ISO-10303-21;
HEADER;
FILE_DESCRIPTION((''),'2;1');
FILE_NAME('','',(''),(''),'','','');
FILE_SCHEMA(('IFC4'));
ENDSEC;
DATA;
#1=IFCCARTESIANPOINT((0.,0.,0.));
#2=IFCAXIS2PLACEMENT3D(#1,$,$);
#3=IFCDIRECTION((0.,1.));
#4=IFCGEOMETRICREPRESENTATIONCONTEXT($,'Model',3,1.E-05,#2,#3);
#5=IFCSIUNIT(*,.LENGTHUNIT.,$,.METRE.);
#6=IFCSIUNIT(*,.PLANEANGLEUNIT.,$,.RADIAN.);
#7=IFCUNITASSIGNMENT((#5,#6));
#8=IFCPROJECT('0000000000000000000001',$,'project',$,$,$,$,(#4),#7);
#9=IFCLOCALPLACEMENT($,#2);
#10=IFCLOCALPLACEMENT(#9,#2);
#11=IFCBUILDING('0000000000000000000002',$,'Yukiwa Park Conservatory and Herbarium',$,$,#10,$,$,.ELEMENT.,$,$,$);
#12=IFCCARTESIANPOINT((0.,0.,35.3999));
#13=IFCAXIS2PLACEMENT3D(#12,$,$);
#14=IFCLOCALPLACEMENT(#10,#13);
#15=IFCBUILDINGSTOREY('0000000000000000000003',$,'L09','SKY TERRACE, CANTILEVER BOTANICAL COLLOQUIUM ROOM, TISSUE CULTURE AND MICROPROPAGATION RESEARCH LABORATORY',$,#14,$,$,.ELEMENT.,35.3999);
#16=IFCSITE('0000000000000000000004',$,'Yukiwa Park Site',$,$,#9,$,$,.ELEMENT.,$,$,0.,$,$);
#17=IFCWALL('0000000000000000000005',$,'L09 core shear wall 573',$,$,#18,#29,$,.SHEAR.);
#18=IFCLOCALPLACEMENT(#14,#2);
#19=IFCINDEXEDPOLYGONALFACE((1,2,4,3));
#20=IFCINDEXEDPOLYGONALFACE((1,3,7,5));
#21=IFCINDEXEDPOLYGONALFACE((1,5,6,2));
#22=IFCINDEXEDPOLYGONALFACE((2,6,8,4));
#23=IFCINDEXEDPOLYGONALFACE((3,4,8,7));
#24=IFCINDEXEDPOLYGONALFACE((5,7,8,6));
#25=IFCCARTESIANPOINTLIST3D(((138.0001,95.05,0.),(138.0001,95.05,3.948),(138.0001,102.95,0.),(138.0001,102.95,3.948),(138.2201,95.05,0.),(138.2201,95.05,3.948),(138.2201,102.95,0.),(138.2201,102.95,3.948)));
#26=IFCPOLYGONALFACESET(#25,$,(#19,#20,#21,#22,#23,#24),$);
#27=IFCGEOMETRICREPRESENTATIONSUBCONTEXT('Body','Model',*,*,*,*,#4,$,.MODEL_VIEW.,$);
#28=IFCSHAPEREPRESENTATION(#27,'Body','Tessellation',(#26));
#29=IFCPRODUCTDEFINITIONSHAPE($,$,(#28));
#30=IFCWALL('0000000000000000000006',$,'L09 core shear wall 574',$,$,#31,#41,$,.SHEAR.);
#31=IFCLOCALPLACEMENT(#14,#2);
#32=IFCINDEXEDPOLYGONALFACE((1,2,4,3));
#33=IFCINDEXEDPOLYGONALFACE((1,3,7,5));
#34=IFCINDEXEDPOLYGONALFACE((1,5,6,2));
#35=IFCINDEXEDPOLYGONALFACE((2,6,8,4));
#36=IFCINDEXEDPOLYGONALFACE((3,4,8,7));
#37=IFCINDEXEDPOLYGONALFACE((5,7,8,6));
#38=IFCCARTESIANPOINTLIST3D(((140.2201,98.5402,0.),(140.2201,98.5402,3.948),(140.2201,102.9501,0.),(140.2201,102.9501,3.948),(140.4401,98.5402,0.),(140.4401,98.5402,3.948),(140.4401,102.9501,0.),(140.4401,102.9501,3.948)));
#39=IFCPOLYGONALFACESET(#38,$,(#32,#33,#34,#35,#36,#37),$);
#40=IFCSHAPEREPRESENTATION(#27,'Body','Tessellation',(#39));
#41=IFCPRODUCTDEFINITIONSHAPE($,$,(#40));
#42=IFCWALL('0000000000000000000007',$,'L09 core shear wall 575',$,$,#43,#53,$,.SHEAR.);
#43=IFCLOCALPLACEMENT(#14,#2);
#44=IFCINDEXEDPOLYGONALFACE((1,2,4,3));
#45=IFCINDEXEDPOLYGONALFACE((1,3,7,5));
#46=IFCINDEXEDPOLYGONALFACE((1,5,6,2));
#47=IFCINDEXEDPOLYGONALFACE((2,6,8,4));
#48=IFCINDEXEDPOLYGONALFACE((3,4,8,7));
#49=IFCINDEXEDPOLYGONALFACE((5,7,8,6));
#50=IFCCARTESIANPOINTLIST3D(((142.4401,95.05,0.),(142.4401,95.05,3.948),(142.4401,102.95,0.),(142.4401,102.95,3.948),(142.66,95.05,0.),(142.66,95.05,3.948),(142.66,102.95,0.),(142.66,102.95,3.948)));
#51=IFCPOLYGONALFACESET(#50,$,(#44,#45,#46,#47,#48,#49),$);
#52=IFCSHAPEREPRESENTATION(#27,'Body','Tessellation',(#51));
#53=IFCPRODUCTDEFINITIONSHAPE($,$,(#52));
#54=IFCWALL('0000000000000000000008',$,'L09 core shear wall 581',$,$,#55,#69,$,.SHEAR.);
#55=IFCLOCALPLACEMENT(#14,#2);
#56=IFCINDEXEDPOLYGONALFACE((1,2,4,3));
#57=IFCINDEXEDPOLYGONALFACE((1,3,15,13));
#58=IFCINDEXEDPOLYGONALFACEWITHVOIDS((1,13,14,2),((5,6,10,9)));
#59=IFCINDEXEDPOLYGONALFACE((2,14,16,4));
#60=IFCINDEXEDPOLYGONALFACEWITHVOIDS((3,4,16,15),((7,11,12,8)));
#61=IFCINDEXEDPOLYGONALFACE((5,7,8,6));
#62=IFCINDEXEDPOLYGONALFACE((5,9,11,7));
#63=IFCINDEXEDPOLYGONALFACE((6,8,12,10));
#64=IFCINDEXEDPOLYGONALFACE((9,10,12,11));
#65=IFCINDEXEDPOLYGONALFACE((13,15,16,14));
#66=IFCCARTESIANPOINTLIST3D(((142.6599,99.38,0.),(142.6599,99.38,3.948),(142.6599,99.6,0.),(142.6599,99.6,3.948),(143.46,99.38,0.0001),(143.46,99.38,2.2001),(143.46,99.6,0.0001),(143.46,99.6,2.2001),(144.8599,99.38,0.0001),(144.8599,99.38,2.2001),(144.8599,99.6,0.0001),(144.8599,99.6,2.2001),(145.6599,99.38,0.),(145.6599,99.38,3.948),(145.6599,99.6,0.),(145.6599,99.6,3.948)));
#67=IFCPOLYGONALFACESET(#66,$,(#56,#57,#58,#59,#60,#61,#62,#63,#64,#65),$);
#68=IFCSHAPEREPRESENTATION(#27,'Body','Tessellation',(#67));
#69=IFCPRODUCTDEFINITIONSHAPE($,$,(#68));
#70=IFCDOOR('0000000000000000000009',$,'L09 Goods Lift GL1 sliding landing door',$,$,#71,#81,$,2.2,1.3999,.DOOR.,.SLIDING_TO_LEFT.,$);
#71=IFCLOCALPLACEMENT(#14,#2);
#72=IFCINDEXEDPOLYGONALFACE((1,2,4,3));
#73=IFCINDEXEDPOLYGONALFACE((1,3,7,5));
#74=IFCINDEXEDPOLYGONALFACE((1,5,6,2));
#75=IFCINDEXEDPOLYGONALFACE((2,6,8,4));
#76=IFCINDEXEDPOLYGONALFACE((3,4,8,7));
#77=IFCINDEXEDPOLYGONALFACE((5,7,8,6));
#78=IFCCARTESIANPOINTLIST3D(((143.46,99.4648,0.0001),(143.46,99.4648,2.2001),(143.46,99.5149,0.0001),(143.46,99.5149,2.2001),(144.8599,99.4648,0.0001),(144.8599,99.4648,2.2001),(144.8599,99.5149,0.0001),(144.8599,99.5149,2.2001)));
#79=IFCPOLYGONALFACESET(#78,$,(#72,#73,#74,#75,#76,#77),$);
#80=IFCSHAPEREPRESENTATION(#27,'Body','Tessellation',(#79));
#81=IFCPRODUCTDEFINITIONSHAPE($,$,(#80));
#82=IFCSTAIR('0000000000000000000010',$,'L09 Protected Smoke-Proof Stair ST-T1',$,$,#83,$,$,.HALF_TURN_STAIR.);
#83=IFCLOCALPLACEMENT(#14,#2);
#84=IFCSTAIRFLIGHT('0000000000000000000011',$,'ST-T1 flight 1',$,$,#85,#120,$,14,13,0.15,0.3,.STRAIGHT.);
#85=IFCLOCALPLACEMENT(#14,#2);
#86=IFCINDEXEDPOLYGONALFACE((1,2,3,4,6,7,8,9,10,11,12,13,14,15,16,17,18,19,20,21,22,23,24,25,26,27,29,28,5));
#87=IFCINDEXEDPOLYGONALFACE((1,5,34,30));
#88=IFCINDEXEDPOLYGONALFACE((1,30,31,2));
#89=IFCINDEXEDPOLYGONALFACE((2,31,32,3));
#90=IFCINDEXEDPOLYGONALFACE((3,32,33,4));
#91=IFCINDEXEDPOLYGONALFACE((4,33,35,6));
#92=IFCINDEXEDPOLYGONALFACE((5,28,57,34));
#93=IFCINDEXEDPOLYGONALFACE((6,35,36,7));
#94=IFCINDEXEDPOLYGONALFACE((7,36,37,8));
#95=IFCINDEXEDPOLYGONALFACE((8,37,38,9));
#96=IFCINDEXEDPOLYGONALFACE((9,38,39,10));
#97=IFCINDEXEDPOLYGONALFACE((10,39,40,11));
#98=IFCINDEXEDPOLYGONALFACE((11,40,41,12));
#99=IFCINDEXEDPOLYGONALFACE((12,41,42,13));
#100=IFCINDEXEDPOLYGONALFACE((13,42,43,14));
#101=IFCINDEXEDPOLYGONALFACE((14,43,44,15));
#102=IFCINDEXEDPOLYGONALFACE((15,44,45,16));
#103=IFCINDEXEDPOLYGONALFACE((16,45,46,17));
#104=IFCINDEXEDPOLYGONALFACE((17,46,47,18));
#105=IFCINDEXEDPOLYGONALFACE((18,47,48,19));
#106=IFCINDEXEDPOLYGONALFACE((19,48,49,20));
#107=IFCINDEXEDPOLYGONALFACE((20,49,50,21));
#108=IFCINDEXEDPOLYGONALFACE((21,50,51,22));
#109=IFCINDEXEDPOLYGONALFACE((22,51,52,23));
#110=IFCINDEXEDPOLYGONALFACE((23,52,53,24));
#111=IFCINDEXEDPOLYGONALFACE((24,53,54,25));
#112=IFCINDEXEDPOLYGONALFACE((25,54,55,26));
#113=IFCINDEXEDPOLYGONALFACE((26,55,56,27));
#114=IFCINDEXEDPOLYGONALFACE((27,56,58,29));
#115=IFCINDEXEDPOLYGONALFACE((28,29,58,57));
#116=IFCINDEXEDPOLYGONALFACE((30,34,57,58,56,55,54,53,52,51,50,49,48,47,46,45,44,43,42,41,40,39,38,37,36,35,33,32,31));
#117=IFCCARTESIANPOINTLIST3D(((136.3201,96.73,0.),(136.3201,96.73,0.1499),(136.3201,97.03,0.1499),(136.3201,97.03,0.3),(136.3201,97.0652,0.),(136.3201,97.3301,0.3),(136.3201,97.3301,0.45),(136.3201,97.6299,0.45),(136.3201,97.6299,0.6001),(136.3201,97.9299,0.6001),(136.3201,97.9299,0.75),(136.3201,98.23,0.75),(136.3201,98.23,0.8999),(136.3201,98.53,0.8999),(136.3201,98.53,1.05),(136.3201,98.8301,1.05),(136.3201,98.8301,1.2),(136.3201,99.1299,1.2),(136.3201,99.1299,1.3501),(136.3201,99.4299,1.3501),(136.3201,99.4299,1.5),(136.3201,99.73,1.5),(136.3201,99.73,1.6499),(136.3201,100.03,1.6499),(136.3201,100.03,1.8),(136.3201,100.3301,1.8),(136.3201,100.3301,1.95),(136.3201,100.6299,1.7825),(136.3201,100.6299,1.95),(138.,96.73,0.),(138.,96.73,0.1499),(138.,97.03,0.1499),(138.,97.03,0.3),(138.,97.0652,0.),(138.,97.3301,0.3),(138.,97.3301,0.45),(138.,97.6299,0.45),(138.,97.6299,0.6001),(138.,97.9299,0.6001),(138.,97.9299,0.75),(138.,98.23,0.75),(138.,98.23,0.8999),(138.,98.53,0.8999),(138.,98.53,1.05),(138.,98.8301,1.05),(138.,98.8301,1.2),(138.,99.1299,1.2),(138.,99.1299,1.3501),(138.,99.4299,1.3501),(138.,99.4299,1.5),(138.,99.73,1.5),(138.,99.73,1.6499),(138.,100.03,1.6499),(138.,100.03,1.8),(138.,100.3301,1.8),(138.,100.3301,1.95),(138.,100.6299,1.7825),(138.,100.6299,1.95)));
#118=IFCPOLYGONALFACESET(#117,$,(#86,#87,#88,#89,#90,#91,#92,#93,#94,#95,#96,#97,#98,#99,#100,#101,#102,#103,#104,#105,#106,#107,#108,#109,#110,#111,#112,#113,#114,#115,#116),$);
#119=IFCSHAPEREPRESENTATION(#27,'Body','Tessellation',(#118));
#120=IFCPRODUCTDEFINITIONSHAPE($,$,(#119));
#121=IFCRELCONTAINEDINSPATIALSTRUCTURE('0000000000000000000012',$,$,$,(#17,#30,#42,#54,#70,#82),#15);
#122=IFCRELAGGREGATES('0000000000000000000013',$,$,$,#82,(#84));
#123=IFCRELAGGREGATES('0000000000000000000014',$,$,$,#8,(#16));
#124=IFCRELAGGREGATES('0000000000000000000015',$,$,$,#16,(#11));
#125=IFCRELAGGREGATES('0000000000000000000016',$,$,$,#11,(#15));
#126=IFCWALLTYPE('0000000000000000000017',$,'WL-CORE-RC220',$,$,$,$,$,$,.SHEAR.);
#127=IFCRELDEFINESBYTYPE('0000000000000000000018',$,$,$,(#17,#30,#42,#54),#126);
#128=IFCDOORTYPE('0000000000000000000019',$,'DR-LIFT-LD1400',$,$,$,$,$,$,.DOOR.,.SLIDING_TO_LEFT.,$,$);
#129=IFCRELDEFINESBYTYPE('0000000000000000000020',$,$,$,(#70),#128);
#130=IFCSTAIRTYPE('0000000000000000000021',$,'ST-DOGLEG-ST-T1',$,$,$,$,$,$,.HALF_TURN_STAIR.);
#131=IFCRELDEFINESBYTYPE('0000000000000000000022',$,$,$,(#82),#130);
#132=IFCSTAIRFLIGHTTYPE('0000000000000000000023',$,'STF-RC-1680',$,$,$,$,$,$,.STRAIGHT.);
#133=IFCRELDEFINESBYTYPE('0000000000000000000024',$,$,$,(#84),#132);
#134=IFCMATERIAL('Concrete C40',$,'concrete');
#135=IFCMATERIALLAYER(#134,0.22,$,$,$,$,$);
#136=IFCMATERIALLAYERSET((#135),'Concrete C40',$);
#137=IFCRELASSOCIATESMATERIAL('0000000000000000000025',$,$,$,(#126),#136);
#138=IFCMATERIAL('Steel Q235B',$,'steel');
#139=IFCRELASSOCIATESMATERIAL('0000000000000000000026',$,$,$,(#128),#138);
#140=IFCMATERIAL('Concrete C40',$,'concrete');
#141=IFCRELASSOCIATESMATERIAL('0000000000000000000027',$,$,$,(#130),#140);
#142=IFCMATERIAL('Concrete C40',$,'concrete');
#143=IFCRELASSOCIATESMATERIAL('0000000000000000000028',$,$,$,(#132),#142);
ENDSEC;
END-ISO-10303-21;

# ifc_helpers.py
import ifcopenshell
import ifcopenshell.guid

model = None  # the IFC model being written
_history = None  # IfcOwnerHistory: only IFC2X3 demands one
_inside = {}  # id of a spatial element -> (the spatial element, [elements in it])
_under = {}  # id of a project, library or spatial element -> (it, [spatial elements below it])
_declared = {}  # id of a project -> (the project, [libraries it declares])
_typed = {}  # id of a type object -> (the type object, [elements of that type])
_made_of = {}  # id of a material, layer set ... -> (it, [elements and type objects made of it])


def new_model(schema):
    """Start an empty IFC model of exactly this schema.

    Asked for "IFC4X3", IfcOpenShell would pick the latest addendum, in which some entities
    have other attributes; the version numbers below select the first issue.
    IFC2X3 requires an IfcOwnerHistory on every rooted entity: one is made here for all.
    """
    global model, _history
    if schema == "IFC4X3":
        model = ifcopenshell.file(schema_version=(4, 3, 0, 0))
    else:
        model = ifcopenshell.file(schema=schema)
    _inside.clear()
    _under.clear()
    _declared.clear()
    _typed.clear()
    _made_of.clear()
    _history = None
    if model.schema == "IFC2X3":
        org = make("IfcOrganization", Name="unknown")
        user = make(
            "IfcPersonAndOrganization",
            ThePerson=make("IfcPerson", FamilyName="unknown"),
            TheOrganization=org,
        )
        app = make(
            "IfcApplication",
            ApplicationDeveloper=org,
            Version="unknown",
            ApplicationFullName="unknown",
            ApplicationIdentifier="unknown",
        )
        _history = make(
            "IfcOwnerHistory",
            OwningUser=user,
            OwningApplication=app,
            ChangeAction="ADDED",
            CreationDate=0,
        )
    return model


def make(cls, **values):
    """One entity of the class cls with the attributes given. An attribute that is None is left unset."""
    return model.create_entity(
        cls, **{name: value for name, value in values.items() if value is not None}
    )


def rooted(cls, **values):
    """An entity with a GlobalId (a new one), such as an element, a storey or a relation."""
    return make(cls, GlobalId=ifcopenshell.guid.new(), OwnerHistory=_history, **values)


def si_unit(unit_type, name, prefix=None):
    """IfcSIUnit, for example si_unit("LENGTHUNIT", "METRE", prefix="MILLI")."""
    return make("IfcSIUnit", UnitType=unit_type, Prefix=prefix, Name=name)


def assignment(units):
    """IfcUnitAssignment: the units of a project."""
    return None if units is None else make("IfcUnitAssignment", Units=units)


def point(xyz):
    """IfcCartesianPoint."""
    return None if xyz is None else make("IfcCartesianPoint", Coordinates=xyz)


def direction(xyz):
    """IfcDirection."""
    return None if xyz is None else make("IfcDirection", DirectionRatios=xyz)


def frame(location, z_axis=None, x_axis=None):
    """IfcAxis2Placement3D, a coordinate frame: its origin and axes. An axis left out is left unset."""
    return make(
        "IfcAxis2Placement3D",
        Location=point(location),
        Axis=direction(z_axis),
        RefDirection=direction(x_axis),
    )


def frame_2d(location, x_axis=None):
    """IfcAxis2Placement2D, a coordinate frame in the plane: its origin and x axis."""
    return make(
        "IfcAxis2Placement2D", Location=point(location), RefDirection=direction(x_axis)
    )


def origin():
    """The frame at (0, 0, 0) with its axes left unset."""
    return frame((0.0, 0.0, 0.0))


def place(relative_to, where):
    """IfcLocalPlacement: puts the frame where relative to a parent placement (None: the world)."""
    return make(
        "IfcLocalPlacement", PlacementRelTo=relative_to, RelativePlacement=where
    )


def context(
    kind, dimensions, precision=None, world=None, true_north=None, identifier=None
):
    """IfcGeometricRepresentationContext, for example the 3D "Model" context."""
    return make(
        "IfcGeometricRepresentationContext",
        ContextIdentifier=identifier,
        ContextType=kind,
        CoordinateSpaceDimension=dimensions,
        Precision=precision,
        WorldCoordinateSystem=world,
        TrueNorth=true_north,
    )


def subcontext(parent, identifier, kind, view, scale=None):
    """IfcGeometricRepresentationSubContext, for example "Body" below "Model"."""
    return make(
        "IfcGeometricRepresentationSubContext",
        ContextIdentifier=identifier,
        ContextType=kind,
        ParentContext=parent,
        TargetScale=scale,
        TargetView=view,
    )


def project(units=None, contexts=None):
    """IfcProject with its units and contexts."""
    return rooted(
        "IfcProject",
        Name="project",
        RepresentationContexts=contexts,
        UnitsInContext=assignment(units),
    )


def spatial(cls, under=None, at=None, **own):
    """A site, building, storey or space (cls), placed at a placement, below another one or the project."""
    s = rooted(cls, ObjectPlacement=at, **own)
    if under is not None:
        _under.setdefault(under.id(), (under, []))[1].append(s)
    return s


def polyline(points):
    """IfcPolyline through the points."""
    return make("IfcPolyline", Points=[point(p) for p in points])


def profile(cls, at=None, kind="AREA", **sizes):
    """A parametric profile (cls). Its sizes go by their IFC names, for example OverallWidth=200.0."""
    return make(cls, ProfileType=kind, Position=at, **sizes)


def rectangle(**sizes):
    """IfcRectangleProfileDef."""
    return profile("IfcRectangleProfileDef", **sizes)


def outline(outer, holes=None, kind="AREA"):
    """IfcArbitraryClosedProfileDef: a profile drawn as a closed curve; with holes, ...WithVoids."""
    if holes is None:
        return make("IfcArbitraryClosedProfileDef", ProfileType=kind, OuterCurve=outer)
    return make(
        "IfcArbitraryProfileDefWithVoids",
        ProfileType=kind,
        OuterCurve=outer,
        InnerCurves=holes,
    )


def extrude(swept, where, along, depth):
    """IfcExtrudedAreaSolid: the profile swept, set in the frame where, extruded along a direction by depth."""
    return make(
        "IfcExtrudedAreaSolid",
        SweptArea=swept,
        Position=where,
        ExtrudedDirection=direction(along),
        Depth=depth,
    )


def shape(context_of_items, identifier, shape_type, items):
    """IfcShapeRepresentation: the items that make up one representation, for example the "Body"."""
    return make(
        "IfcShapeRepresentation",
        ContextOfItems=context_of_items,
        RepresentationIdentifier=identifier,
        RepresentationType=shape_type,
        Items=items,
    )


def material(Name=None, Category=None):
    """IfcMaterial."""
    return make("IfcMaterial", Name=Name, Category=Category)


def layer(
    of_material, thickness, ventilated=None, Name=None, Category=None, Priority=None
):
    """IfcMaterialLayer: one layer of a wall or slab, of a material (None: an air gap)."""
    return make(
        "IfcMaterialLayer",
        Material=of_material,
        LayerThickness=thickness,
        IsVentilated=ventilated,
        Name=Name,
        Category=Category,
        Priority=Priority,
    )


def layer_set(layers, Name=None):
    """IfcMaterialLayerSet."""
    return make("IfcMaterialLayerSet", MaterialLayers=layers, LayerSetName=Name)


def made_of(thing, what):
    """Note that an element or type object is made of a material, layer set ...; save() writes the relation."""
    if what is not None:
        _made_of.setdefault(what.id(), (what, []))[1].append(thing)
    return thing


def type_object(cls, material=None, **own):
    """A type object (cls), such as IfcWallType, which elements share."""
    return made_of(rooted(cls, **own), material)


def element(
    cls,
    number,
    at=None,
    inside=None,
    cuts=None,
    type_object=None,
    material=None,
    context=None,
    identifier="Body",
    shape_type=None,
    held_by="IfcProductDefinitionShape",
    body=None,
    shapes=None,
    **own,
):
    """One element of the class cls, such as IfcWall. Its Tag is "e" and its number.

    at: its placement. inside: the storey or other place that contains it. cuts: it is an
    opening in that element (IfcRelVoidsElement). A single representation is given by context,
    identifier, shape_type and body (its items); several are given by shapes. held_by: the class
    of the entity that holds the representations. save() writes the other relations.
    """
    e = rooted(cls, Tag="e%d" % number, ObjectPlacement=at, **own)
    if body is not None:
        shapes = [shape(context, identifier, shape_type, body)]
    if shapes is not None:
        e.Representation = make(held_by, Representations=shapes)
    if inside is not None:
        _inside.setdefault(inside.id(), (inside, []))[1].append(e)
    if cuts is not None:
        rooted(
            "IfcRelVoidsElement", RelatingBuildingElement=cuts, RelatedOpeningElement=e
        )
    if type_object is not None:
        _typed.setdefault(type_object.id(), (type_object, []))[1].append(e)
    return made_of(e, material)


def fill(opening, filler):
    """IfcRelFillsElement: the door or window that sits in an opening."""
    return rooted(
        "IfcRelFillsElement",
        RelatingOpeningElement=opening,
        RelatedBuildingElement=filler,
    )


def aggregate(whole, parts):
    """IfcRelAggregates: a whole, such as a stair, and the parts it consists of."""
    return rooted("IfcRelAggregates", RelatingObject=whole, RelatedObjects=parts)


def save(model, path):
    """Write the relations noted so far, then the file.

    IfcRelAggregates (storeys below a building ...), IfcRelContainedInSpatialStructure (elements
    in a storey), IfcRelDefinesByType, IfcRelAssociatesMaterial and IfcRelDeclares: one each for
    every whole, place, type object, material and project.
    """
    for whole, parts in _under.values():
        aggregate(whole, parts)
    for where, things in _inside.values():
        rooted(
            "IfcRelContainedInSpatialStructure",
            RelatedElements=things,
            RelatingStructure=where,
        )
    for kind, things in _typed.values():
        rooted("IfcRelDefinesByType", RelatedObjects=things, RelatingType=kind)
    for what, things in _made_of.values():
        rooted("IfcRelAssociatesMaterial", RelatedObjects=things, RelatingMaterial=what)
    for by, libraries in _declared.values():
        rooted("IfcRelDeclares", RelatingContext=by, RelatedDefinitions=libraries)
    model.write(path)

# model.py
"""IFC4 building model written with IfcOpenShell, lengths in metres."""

from ifc_helpers import new_model, si_unit, direction, frame, frame_2d, origin, place, context, subcontext, project, spatial, polyline, rectangle, outline, extrude, material, layer, layer_set, type_object, element, fill, aggregate, save


model = new_model("IFC4")

# Units and contexts
model_context = context("Model", 3, precision=1e-05, world=origin(), true_north=direction((0.0, 1.0)))
body_context = subcontext(model_context, "Body", "Model", "MODEL_VIEW")
ifc_project = project(units=[si_unit("LENGTHUNIT", "METRE"), si_unit("PLANEANGLEUNIT", "RADIAN")], contexts=[model_context])

# Site, building, storey
site_placement = place(None, origin())
site = spatial("IfcSite", under=ifc_project, at=site_placement, Name="Yukiwa Park Site", CompositionType="ELEMENT", RefElevation=0.0)
building_placement = place(site_placement, origin())
building = spatial("IfcBuilding", under=site, at=building_placement, Name="Yukiwa Park Conservatory and Herbarium", CompositionType="ELEMENT")
storey_placement = place(building_placement, frame((0.0, 0.0, 35.3999)))
storey = spatial("IfcBuildingStorey", under=building, at=storey_placement, Name="L09", Description="SKY TERRACE, CANTILEVER BOTANICAL COLLOQUIUM ROOM, TISSUE CULTURE AND MICROPROPAGATION RESEARCH LABORATORY", CompositionType="ELEMENT", Elevation=35.3999)

# Walls
ifc_material_1 = material(Name="Concrete C40", Category="concrete")
ifc_layer_1 = layer(ifc_material_1, 0.22)
ifc_layer_set_1 = layer_set([ifc_layer_1], Name="Concrete C40")
wall_type = type_object("IfcWallType", Name="WL-CORE-RC220", PredefinedType="SHEAR", material=ifc_layer_set_1)
wall_1_placement = place(storey_placement, frame((138.1101, 95.05, 0.0), z_axis=(0.0, 0.0, 1.0), x_axis=(0.0, 1.0, 0.0)))
element("IfcWall", 1, at=wall_1_placement, inside=storey, type_object=wall_type, Name="L09 core shear wall 573", PredefinedType="SHEAR", context=body_context, shape_type="SweptSolid", body=[
    extrude(rectangle(XDim=7.8999, YDim=0.22, at=frame_2d((3.95, 0.0))), origin(), (0.0, 0.0, 1.0), 3.948),
])
wall_2_placement = place(storey_placement, frame((140.3301, 98.54, 0.0), z_axis=(0.0, 0.0, 1.0), x_axis=(0.0, 1.0, 0.0)))
element("IfcWall", 2, at=wall_2_placement, inside=storey, type_object=wall_type, Name="L09 core shear wall 574", PredefinedType="SHEAR", context=body_context, shape_type="SweptSolid", body=[
    extrude(rectangle(XDim=4.4099, YDim=0.22, at=frame_2d((2.2051, 0.0))), origin(), (0.0, 0.0, 1.0), 3.948),
])
wall_3_placement = place(storey_placement, frame((142.55, 95.05, 0.0), z_axis=(0.0, 0.0, 1.0), x_axis=(0.0, 1.0, 0.0)))
element("IfcWall", 3, at=wall_3_placement, inside=storey, type_object=wall_type, Name="L09 core shear wall 575", PredefinedType="SHEAR", context=body_context, shape_type="SweptSolid", body=[
    extrude(rectangle(XDim=7.8999, YDim=0.22, at=frame_2d((3.95, 0.0))), origin(), (0.0, 0.0, 1.0), 3.948),
])

# Wall, opening, door
wall_4_placement = place(storey_placement, frame((142.6599, 99.49, 0.0), z_axis=(0.0, 0.0, 1.0), x_axis=(1.0, 0.0, 0.0)))
wall_4 = element("IfcWall", 4, at=wall_4_placement, inside=storey, type_object=wall_type, Name="L09 core shear wall 581", PredefinedType="SHEAR", context=body_context, shape_type="SweptSolid", body=[
    extrude(rectangle(XDim=3.0, YDim=0.22, at=frame_2d((1.5, 0.0))), origin(), (0.0, 0.0, 1.0), 3.948),
])
opening_1_placement = place(wall_4_placement, frame((0.8, 0.0, 0.0)))
opening_1 = element("IfcOpeningElement", 5, at=opening_1_placement, cuts=wall_4, PredefinedType="OPENING", context=body_context, shape_type="SweptSolid", body=[
    extrude(rectangle(XDim=1.3999, YDim=2.2, at=frame_2d((0.7, 1.1001))), frame((0.0, 0.1201, 0.0), z_axis=(0.0, -1.0, 0.0), x_axis=(1.0, 0.0, 0.0)), (0.0, 0.0, 1.0), 0.24),
])
ifc_material_2 = material(Name="Steel Q235B", Category="steel")
door_type_1 = type_object("IfcDoorType", Name="DR-LIFT-LD1400", OperationType="SLIDING_TO_LEFT", PredefinedType="DOOR", material=ifc_material_2)
door_1_placement = place(opening_1_placement, origin())
door_1 = element("IfcDoor", 6, at=door_1_placement, inside=storey, type_object=door_type_1, Name="L09 Goods Lift GL1 sliding landing door", OperationType="SLIDING_TO_LEFT", OverallHeight=2.2, OverallWidth=1.3999, PredefinedType="DOOR", context=body_context, shape_type="SweptSolid", body=[
    extrude(rectangle(XDim=1.3999, YDim=2.2, at=frame_2d((0.7, 1.1001))), frame((0.0, 0.0249, 0.0), z_axis=(0.0, -1.0, 0.0), x_axis=(1.0, 0.0, 0.0)), (0.0, 0.0, 1.0), 0.05),
])
fill(opening_1, door_1)

# Stair, stair flight
ifc_material_3 = material(Name="Concrete C40", Category="concrete")
stair_type = type_object("IfcStairType", Name="ST-DOGLEG-ST-T1", PredefinedType="HALF_TURN_STAIR", material=ifc_material_3)
stair_placement = place(storey_placement, origin())
stair = element("IfcStair", 7, at=stair_placement, inside=storey, type_object=stair_type, Name="L09 Protected Smoke-Proof Stair ST-T1", PredefinedType="HALF_TURN_STAIR")
ifc_material_4 = material(Name="Concrete C40", Category="concrete")
stair_flight_type = type_object("IfcStairFlightType", Name="STF-RC-1680", PredefinedType="STRAIGHT", material=ifc_material_4)
stair_flight_placement = place(storey_placement, frame((137.1599, 96.73, 0.0), z_axis=(0.0, 0.0, 1.0), x_axis=(0.0, 1.0, 0.0)))
stair_flight = element("IfcStairFlight", 8, at=stair_flight_placement, type_object=stair_flight_type, Name="ST-T1 flight 1", NumberOfRisers=14, NumberOfTreads=13, PredefinedType="STRAIGHT", RiserHeight=0.15, TreadLength=0.3, context=body_context, shape_type="SweptSolid", body=[
    extrude(outline(polyline([(0.0, 0.0), (0.0, 0.1499), (0.3, 0.1499), (0.3, 0.3), (0.6001, 0.3), (0.6001, 0.45), (0.8999, 0.45), (0.8999, 0.6001), (1.2, 0.6001), (1.2, 0.75), (1.5, 0.75), (1.5, 0.8999), (1.8, 0.8999), (1.8, 1.05), (2.1001, 1.05), (2.1001, 1.2), (2.3999, 1.2), (2.3999, 1.3501), (2.7, 1.3501), (2.7, 1.5), (3.0, 1.5), (3.0, 1.6499), (3.3, 1.6499), (3.3, 1.8), (3.6001, 1.8), (3.6001, 1.95), (3.8999, 1.95), (3.8999, 2.1001), (3.8999, 1.7825), (0.3352, 0.0), (0.0, 0.0)])), frame((0.0, 0.8398, 0.0), z_axis=(0.0, -1.0, 0.0), x_axis=(1.0, 0.0, 0.0)), (0.0, 0.0, 1.0), 1.6799),
])
aggregate(stair, [stair_flight])

save(model, "model.ifc")
